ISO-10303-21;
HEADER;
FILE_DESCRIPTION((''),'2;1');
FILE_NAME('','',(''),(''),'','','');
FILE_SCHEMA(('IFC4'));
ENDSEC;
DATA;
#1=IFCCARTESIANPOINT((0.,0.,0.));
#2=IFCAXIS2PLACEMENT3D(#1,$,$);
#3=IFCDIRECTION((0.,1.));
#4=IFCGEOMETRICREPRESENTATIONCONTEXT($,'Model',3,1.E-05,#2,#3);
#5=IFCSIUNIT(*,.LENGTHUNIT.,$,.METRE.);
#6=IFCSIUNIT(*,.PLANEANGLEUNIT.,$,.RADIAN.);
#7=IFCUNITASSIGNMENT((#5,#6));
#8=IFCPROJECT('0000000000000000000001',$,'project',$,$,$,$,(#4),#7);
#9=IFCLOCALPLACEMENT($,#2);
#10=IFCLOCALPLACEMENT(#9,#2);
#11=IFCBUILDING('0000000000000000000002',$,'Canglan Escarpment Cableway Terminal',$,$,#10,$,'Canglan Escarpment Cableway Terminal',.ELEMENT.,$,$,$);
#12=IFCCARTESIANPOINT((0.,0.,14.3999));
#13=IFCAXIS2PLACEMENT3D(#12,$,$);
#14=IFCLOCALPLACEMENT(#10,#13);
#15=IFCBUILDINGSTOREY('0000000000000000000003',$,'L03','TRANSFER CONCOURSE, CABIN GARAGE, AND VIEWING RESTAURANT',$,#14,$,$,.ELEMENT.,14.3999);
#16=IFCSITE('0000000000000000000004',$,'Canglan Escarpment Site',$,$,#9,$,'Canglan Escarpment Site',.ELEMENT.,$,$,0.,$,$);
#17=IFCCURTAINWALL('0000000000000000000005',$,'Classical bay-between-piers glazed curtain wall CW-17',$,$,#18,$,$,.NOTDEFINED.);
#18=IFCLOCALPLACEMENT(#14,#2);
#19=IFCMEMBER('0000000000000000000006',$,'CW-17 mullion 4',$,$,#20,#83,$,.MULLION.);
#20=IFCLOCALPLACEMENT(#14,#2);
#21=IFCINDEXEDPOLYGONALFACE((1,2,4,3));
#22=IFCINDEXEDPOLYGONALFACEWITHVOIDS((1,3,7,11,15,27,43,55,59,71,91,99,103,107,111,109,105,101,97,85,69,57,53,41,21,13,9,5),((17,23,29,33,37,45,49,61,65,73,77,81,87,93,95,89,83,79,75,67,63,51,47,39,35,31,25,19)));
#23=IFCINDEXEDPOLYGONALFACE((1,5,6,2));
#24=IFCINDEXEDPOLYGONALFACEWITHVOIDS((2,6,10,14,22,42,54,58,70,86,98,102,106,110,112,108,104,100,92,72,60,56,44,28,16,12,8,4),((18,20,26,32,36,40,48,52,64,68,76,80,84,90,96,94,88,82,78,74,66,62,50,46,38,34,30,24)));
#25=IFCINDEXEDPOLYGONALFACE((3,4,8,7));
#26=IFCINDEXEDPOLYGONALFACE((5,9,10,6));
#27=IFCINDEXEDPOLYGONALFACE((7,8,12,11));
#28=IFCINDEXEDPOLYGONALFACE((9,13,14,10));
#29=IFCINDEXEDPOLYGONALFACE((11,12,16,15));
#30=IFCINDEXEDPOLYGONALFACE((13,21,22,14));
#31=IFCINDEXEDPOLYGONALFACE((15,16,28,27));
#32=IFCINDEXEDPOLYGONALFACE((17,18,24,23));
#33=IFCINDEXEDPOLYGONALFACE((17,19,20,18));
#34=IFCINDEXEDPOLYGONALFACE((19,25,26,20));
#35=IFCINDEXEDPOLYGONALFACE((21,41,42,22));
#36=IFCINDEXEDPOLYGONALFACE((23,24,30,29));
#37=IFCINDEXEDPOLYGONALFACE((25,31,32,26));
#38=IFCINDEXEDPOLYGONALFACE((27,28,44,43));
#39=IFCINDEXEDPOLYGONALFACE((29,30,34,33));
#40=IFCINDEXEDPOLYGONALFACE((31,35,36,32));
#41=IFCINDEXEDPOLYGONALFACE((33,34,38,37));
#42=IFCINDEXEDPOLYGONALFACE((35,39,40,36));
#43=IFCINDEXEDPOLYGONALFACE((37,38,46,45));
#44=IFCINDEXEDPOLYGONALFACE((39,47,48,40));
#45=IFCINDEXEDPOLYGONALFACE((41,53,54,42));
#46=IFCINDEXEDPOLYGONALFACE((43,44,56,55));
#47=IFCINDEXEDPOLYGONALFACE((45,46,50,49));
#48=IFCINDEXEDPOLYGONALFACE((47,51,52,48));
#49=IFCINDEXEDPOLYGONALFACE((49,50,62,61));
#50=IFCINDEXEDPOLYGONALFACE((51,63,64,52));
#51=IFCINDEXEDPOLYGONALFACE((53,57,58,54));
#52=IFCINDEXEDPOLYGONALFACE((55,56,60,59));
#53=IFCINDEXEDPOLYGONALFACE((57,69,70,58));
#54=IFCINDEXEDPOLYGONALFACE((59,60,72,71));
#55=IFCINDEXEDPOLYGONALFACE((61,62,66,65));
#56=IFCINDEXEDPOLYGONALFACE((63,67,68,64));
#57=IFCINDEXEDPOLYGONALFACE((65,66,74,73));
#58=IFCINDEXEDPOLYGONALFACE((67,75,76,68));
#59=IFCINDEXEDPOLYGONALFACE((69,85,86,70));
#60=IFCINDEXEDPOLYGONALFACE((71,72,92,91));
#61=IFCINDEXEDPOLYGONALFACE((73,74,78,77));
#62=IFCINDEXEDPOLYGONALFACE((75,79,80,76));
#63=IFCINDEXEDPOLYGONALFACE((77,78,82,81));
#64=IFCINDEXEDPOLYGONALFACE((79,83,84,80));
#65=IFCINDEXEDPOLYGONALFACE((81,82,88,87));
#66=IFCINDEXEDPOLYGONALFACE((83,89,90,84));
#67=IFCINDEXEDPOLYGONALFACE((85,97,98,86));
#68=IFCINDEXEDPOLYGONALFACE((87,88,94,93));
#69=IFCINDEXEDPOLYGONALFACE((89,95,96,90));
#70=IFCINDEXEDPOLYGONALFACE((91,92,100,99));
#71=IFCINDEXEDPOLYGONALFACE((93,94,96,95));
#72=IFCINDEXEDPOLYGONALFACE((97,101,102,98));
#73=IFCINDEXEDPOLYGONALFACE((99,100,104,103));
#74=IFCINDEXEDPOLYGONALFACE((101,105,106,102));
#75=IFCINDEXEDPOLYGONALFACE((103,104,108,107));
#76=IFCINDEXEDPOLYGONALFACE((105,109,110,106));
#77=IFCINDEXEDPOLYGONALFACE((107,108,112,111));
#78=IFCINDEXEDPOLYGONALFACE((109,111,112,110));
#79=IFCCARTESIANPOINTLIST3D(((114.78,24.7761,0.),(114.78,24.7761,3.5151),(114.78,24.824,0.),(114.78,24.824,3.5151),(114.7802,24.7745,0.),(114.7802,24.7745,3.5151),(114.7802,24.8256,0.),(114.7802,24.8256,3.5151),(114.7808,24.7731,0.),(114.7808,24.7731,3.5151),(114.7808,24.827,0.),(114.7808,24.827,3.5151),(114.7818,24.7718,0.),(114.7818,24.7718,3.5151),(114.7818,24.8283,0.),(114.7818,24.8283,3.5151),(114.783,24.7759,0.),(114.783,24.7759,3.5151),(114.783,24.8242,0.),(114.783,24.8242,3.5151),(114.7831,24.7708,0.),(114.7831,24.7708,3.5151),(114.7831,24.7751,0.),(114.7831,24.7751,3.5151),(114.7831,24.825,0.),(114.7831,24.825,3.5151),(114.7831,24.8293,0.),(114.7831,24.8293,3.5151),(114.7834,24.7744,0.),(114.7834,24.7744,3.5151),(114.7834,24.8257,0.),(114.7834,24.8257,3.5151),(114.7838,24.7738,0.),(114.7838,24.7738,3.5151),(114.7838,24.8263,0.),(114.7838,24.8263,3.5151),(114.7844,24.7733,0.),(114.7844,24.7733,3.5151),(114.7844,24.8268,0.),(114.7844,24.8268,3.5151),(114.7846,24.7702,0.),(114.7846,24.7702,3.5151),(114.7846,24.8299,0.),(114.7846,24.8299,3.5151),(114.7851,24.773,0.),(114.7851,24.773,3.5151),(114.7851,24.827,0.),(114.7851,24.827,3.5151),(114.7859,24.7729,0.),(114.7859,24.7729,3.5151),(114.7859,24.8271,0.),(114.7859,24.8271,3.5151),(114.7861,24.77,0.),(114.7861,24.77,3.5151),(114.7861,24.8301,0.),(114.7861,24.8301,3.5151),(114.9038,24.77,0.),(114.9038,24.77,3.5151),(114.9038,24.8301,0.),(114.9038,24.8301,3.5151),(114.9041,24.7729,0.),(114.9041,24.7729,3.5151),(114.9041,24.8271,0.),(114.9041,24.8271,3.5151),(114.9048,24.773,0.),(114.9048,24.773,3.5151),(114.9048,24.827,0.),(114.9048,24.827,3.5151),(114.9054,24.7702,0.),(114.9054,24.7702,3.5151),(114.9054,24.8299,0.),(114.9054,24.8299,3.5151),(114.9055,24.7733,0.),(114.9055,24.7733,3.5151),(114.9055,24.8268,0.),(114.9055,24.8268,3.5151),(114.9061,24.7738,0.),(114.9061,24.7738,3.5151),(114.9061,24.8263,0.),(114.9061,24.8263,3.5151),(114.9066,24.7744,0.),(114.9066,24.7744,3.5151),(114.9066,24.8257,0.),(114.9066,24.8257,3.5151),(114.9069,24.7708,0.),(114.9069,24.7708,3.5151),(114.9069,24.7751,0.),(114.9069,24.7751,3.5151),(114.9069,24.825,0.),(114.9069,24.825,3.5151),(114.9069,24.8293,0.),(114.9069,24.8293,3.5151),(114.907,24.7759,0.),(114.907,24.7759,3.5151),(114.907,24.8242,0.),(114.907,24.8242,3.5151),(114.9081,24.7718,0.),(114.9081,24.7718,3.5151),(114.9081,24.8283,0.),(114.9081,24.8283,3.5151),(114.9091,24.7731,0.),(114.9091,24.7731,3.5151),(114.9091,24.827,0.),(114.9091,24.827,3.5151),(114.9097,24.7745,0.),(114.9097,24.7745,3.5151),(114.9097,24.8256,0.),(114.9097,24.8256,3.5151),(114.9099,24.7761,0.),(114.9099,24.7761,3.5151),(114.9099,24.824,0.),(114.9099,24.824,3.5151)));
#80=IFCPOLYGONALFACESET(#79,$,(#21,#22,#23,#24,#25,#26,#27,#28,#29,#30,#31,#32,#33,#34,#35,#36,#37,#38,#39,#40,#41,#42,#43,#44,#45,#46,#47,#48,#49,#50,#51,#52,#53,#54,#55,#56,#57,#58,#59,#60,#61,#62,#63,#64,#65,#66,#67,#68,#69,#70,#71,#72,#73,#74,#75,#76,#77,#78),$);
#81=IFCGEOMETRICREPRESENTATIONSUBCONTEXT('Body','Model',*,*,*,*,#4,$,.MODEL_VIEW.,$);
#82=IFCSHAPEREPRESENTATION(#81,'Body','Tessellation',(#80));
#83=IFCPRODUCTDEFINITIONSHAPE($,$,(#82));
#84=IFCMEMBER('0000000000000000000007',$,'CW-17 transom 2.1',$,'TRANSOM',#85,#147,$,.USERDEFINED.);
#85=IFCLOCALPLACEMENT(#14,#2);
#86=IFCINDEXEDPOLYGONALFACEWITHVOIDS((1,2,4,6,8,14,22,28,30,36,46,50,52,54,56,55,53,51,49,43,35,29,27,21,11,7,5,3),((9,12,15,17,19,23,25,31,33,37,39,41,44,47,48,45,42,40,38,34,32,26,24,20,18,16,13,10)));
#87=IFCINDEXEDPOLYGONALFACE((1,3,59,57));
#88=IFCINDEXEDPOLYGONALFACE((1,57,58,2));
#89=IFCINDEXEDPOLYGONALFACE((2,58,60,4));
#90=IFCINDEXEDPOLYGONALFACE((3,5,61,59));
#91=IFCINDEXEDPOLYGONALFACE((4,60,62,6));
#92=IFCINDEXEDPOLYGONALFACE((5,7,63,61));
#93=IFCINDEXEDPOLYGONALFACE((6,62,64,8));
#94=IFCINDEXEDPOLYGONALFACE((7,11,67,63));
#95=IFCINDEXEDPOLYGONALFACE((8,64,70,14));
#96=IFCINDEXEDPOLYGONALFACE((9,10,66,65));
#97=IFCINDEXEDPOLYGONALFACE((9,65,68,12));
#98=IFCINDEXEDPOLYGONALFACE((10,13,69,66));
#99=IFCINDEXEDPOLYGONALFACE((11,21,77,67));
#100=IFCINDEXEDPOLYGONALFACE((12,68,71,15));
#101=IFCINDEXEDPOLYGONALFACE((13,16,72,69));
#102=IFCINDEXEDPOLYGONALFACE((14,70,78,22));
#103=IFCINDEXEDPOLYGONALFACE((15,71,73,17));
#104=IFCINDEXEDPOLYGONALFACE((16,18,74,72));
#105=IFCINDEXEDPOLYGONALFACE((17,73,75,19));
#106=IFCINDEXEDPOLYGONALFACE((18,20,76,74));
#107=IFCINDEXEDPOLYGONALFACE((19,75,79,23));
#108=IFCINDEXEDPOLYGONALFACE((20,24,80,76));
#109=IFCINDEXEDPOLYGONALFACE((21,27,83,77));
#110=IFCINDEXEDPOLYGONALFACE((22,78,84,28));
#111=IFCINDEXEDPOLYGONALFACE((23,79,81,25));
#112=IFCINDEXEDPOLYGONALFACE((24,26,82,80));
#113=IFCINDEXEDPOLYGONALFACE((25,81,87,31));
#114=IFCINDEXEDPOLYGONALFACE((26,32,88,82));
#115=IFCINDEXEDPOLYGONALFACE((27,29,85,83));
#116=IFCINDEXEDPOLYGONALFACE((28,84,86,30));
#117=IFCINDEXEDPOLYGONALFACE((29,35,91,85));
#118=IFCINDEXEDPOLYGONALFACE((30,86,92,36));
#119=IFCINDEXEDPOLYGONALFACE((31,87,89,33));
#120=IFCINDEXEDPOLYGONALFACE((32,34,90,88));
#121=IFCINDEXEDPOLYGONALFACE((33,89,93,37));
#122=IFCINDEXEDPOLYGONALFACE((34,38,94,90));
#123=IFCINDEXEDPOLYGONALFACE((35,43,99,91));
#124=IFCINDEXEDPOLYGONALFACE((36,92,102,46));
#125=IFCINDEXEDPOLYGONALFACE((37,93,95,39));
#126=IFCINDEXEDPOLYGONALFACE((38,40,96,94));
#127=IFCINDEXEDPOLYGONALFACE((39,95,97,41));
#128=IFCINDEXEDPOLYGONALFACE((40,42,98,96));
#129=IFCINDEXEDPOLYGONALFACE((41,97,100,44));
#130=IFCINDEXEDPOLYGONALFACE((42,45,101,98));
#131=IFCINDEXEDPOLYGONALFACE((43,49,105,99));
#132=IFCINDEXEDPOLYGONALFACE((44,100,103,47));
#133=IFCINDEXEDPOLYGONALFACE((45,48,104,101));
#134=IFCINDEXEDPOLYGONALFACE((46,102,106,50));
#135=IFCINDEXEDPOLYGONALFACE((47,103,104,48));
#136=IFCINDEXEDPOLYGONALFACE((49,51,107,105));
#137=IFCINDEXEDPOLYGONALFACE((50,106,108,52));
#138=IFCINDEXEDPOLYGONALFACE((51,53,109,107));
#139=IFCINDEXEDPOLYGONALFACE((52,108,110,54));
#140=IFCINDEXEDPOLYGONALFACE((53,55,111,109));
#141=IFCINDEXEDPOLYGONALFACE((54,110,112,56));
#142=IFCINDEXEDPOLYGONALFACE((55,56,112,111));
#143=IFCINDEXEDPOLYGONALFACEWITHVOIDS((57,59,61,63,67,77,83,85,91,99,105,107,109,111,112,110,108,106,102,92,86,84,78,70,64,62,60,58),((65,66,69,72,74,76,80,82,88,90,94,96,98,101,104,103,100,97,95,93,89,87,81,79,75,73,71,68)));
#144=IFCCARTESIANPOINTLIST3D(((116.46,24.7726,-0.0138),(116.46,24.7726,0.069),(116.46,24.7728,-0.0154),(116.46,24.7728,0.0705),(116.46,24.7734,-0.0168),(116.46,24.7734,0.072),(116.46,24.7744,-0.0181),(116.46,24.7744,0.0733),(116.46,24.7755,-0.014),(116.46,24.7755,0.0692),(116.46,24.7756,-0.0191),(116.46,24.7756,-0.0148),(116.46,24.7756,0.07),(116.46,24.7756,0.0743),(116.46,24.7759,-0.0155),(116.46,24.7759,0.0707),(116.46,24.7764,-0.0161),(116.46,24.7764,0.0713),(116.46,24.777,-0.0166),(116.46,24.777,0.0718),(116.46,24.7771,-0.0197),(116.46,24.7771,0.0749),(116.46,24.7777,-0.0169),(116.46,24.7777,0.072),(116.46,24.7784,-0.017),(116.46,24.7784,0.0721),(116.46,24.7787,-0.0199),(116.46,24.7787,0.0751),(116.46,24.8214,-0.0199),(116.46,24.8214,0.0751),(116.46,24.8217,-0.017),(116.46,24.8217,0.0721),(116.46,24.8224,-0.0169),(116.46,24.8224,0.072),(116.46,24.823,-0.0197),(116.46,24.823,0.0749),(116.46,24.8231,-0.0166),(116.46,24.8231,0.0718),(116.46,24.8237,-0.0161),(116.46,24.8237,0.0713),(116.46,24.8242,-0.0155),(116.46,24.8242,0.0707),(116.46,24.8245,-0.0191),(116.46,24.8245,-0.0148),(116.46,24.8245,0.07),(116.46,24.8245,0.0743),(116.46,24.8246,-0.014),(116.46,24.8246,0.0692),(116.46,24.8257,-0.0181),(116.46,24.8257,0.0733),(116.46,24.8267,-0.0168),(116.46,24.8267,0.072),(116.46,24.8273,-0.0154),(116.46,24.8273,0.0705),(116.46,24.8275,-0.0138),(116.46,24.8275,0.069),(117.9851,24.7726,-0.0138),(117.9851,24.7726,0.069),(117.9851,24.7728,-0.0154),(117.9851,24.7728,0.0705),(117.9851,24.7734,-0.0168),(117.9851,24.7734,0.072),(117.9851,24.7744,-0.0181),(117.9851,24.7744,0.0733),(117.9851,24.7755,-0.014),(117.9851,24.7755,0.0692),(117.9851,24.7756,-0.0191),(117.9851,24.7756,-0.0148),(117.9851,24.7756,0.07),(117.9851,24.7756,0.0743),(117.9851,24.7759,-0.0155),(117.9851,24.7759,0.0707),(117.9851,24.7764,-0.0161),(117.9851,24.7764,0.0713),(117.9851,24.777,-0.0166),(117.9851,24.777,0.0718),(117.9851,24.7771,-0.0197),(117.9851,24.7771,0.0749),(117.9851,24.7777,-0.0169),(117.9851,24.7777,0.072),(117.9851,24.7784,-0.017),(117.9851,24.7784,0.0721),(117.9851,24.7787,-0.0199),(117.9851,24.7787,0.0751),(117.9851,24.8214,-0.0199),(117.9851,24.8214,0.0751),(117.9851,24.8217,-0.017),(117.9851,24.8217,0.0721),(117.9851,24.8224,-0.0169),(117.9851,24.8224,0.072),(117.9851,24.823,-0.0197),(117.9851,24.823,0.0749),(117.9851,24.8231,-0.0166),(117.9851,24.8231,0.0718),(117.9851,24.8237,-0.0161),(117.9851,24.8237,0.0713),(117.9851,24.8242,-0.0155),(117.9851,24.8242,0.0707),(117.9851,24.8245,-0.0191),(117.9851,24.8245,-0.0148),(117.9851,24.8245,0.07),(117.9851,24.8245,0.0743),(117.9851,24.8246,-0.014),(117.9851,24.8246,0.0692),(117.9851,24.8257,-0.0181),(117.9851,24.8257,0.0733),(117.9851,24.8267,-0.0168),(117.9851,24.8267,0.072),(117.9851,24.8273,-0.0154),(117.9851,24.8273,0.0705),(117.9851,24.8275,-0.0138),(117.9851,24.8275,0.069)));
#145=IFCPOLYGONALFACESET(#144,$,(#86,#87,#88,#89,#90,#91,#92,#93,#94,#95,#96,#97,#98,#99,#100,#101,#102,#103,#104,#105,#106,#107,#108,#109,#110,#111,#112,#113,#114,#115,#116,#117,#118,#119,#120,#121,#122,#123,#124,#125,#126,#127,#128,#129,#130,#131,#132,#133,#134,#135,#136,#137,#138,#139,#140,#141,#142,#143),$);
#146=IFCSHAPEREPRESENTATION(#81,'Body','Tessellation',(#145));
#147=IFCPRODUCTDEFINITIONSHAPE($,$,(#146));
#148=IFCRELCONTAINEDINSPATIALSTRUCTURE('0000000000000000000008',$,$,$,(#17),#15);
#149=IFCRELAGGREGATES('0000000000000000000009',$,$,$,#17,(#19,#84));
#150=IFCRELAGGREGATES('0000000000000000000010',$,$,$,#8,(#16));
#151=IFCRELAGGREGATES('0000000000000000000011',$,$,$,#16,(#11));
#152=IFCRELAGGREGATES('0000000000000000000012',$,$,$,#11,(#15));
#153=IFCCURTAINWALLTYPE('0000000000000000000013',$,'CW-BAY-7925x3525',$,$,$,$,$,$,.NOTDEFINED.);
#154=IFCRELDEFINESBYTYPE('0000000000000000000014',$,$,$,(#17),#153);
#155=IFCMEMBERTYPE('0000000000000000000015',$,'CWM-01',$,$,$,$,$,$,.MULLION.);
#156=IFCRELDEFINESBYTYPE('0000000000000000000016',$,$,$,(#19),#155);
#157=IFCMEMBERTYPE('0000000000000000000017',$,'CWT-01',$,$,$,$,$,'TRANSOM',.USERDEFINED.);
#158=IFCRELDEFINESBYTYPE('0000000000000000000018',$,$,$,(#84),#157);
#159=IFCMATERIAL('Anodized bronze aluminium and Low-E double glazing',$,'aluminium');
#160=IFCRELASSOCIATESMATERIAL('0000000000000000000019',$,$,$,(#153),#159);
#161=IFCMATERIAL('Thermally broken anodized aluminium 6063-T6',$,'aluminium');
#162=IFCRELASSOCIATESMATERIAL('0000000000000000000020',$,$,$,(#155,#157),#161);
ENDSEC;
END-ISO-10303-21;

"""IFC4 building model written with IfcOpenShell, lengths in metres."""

from ifc_helpers import new_model, si_unit, direction, frame, origin, origin_2d, place, context, subcontext, project, spatial, hollow_rectangle, extrude, material, material_profile, profile_set, type_object, element, aggregate, save


model = new_model("IFC4")

# Units and contexts
model_context = context("Model", 3, precision=1e-05, world=origin(), true_north=direction((0.0, 1.0)))
body_context = subcontext(model_context, "Body", "Model", "MODEL_VIEW")
ifc_project = project(units=[si_unit("LENGTHUNIT", "METRE"), si_unit("PLANEANGLEUNIT", "RADIAN")], contexts=[model_context])

# Site, building, storey
site_placement = place(None, origin())
site = spatial("IfcSite", under=ifc_project, at=site_placement, Name="Canglan Escarpment Site", LongName="Canglan Escarpment Site", CompositionType="ELEMENT", RefElevation=0.0)
building_placement = place(site_placement, origin())
building = spatial("IfcBuilding", under=site, at=building_placement, Name="Canglan Escarpment Cableway Terminal", LongName="Canglan Escarpment Cableway Terminal", CompositionType="ELEMENT")
storey_placement = place(building_placement, frame((0.0, 0.0, 14.3999)))
storey = spatial("IfcBuildingStorey", under=building, at=storey_placement, Name="L03", Description="TRANSFER CONCOURSE, CABIN GARAGE, AND VIEWING RESTAURANT", CompositionType="ELEMENT", Elevation=14.3999)

# Curtain wall, members
ifc_material_1 = material(Name="Anodized bronze aluminium and Low-E double glazing", Category="aluminium")
curtain_wall_type = type_object("IfcCurtainWallType", Name="CW-BAY-7925x3525", PredefinedType="NOTDEFINED", material=ifc_material_1)
curtain_wall_placement = place(storey_placement, origin())
curtain_wall = element("IfcCurtainWall", 1, at=curtain_wall_placement, inside=storey, type_object=curtain_wall_type, Name="Classical bay-between-piers glazed curtain wall CW-17", PredefinedType="NOTDEFINED")
ifc_material_2 = material(Name="Thermally broken anodized aluminium 6063-T6", Category="aluminium")
ifc_material_profile_1 = material_profile(ifc_material_2, hollow_rectangle(XDim=0.0601, YDim=0.1299, WallThickness=0.0029, InnerFilletRadius=0.0029, OuterFilletRadius=0.0061, at=origin_2d()), Name="ALU-MULL 60x130x3")
ifc_profile_set_1 = profile_set([ifc_material_profile_1], Name="Thermally broken anodized aluminium 6063-T6")
member_type_1 = type_object("IfcMemberType", Name="CWM-01", PredefinedType="MULLION", material=ifc_profile_set_1)
member_1_placement = place(storey_placement, frame((114.845, 24.8, 0.0), z_axis=(0.0, 0.0, 1.0), x_axis=(0.0, -1.0, 0.0)))
member_1 = element("IfcMember", 2, at=member_1_placement, type_object=member_type_1, Name="CW-17 mullion 4", PredefinedType="MULLION", context=body_context, shape_type="SweptSolid", body=[
    extrude(hollow_rectangle(XDim=0.0601, YDim=0.1299, WallThickness=0.0029, InnerFilletRadius=0.0029, OuterFilletRadius=0.0061, at=origin_2d()), origin(), (0.0, 0.0, 1.0), 3.5151),
])
ifc_material_profile_2 = material_profile(ifc_material_2, hollow_rectangle(XDim=0.0549, YDim=0.095, WallThickness=0.0029, InnerFilletRadius=0.0029, OuterFilletRadius=0.0061, at=origin_2d()), Name="ALU-TRAN 55x95x3")
ifc_profile_set_2 = profile_set([ifc_material_profile_2], Name="Thermally broken anodized aluminium 6063-T6")
member_type_2 = type_object("IfcMemberType", Name="CWT-01", ElementType="TRANSOM", PredefinedType="USERDEFINED", material=ifc_profile_set_2)
member_2_placement = place(storey_placement, frame((117.9851, 24.8, 0.0276), z_axis=(-1.0, 0.0, 0.0), x_axis=(0.0, -1.0, 0.0)))
member_2 = element("IfcMember", 3, at=member_2_placement, type_object=member_type_2, Name="CW-17 transom 2.1", ObjectType="TRANSOM", PredefinedType="USERDEFINED", context=body_context, shape_type="SweptSolid", body=[
    extrude(hollow_rectangle(XDim=0.0549, YDim=0.095, WallThickness=0.0029, InnerFilletRadius=0.0029, OuterFilletRadius=0.0061, at=origin_2d()), origin(), (0.0, 0.0, 1.0), 1.5251),
])
aggregate(curtain_wall, [member_1, member_2])

save(model, "model.ifc")
